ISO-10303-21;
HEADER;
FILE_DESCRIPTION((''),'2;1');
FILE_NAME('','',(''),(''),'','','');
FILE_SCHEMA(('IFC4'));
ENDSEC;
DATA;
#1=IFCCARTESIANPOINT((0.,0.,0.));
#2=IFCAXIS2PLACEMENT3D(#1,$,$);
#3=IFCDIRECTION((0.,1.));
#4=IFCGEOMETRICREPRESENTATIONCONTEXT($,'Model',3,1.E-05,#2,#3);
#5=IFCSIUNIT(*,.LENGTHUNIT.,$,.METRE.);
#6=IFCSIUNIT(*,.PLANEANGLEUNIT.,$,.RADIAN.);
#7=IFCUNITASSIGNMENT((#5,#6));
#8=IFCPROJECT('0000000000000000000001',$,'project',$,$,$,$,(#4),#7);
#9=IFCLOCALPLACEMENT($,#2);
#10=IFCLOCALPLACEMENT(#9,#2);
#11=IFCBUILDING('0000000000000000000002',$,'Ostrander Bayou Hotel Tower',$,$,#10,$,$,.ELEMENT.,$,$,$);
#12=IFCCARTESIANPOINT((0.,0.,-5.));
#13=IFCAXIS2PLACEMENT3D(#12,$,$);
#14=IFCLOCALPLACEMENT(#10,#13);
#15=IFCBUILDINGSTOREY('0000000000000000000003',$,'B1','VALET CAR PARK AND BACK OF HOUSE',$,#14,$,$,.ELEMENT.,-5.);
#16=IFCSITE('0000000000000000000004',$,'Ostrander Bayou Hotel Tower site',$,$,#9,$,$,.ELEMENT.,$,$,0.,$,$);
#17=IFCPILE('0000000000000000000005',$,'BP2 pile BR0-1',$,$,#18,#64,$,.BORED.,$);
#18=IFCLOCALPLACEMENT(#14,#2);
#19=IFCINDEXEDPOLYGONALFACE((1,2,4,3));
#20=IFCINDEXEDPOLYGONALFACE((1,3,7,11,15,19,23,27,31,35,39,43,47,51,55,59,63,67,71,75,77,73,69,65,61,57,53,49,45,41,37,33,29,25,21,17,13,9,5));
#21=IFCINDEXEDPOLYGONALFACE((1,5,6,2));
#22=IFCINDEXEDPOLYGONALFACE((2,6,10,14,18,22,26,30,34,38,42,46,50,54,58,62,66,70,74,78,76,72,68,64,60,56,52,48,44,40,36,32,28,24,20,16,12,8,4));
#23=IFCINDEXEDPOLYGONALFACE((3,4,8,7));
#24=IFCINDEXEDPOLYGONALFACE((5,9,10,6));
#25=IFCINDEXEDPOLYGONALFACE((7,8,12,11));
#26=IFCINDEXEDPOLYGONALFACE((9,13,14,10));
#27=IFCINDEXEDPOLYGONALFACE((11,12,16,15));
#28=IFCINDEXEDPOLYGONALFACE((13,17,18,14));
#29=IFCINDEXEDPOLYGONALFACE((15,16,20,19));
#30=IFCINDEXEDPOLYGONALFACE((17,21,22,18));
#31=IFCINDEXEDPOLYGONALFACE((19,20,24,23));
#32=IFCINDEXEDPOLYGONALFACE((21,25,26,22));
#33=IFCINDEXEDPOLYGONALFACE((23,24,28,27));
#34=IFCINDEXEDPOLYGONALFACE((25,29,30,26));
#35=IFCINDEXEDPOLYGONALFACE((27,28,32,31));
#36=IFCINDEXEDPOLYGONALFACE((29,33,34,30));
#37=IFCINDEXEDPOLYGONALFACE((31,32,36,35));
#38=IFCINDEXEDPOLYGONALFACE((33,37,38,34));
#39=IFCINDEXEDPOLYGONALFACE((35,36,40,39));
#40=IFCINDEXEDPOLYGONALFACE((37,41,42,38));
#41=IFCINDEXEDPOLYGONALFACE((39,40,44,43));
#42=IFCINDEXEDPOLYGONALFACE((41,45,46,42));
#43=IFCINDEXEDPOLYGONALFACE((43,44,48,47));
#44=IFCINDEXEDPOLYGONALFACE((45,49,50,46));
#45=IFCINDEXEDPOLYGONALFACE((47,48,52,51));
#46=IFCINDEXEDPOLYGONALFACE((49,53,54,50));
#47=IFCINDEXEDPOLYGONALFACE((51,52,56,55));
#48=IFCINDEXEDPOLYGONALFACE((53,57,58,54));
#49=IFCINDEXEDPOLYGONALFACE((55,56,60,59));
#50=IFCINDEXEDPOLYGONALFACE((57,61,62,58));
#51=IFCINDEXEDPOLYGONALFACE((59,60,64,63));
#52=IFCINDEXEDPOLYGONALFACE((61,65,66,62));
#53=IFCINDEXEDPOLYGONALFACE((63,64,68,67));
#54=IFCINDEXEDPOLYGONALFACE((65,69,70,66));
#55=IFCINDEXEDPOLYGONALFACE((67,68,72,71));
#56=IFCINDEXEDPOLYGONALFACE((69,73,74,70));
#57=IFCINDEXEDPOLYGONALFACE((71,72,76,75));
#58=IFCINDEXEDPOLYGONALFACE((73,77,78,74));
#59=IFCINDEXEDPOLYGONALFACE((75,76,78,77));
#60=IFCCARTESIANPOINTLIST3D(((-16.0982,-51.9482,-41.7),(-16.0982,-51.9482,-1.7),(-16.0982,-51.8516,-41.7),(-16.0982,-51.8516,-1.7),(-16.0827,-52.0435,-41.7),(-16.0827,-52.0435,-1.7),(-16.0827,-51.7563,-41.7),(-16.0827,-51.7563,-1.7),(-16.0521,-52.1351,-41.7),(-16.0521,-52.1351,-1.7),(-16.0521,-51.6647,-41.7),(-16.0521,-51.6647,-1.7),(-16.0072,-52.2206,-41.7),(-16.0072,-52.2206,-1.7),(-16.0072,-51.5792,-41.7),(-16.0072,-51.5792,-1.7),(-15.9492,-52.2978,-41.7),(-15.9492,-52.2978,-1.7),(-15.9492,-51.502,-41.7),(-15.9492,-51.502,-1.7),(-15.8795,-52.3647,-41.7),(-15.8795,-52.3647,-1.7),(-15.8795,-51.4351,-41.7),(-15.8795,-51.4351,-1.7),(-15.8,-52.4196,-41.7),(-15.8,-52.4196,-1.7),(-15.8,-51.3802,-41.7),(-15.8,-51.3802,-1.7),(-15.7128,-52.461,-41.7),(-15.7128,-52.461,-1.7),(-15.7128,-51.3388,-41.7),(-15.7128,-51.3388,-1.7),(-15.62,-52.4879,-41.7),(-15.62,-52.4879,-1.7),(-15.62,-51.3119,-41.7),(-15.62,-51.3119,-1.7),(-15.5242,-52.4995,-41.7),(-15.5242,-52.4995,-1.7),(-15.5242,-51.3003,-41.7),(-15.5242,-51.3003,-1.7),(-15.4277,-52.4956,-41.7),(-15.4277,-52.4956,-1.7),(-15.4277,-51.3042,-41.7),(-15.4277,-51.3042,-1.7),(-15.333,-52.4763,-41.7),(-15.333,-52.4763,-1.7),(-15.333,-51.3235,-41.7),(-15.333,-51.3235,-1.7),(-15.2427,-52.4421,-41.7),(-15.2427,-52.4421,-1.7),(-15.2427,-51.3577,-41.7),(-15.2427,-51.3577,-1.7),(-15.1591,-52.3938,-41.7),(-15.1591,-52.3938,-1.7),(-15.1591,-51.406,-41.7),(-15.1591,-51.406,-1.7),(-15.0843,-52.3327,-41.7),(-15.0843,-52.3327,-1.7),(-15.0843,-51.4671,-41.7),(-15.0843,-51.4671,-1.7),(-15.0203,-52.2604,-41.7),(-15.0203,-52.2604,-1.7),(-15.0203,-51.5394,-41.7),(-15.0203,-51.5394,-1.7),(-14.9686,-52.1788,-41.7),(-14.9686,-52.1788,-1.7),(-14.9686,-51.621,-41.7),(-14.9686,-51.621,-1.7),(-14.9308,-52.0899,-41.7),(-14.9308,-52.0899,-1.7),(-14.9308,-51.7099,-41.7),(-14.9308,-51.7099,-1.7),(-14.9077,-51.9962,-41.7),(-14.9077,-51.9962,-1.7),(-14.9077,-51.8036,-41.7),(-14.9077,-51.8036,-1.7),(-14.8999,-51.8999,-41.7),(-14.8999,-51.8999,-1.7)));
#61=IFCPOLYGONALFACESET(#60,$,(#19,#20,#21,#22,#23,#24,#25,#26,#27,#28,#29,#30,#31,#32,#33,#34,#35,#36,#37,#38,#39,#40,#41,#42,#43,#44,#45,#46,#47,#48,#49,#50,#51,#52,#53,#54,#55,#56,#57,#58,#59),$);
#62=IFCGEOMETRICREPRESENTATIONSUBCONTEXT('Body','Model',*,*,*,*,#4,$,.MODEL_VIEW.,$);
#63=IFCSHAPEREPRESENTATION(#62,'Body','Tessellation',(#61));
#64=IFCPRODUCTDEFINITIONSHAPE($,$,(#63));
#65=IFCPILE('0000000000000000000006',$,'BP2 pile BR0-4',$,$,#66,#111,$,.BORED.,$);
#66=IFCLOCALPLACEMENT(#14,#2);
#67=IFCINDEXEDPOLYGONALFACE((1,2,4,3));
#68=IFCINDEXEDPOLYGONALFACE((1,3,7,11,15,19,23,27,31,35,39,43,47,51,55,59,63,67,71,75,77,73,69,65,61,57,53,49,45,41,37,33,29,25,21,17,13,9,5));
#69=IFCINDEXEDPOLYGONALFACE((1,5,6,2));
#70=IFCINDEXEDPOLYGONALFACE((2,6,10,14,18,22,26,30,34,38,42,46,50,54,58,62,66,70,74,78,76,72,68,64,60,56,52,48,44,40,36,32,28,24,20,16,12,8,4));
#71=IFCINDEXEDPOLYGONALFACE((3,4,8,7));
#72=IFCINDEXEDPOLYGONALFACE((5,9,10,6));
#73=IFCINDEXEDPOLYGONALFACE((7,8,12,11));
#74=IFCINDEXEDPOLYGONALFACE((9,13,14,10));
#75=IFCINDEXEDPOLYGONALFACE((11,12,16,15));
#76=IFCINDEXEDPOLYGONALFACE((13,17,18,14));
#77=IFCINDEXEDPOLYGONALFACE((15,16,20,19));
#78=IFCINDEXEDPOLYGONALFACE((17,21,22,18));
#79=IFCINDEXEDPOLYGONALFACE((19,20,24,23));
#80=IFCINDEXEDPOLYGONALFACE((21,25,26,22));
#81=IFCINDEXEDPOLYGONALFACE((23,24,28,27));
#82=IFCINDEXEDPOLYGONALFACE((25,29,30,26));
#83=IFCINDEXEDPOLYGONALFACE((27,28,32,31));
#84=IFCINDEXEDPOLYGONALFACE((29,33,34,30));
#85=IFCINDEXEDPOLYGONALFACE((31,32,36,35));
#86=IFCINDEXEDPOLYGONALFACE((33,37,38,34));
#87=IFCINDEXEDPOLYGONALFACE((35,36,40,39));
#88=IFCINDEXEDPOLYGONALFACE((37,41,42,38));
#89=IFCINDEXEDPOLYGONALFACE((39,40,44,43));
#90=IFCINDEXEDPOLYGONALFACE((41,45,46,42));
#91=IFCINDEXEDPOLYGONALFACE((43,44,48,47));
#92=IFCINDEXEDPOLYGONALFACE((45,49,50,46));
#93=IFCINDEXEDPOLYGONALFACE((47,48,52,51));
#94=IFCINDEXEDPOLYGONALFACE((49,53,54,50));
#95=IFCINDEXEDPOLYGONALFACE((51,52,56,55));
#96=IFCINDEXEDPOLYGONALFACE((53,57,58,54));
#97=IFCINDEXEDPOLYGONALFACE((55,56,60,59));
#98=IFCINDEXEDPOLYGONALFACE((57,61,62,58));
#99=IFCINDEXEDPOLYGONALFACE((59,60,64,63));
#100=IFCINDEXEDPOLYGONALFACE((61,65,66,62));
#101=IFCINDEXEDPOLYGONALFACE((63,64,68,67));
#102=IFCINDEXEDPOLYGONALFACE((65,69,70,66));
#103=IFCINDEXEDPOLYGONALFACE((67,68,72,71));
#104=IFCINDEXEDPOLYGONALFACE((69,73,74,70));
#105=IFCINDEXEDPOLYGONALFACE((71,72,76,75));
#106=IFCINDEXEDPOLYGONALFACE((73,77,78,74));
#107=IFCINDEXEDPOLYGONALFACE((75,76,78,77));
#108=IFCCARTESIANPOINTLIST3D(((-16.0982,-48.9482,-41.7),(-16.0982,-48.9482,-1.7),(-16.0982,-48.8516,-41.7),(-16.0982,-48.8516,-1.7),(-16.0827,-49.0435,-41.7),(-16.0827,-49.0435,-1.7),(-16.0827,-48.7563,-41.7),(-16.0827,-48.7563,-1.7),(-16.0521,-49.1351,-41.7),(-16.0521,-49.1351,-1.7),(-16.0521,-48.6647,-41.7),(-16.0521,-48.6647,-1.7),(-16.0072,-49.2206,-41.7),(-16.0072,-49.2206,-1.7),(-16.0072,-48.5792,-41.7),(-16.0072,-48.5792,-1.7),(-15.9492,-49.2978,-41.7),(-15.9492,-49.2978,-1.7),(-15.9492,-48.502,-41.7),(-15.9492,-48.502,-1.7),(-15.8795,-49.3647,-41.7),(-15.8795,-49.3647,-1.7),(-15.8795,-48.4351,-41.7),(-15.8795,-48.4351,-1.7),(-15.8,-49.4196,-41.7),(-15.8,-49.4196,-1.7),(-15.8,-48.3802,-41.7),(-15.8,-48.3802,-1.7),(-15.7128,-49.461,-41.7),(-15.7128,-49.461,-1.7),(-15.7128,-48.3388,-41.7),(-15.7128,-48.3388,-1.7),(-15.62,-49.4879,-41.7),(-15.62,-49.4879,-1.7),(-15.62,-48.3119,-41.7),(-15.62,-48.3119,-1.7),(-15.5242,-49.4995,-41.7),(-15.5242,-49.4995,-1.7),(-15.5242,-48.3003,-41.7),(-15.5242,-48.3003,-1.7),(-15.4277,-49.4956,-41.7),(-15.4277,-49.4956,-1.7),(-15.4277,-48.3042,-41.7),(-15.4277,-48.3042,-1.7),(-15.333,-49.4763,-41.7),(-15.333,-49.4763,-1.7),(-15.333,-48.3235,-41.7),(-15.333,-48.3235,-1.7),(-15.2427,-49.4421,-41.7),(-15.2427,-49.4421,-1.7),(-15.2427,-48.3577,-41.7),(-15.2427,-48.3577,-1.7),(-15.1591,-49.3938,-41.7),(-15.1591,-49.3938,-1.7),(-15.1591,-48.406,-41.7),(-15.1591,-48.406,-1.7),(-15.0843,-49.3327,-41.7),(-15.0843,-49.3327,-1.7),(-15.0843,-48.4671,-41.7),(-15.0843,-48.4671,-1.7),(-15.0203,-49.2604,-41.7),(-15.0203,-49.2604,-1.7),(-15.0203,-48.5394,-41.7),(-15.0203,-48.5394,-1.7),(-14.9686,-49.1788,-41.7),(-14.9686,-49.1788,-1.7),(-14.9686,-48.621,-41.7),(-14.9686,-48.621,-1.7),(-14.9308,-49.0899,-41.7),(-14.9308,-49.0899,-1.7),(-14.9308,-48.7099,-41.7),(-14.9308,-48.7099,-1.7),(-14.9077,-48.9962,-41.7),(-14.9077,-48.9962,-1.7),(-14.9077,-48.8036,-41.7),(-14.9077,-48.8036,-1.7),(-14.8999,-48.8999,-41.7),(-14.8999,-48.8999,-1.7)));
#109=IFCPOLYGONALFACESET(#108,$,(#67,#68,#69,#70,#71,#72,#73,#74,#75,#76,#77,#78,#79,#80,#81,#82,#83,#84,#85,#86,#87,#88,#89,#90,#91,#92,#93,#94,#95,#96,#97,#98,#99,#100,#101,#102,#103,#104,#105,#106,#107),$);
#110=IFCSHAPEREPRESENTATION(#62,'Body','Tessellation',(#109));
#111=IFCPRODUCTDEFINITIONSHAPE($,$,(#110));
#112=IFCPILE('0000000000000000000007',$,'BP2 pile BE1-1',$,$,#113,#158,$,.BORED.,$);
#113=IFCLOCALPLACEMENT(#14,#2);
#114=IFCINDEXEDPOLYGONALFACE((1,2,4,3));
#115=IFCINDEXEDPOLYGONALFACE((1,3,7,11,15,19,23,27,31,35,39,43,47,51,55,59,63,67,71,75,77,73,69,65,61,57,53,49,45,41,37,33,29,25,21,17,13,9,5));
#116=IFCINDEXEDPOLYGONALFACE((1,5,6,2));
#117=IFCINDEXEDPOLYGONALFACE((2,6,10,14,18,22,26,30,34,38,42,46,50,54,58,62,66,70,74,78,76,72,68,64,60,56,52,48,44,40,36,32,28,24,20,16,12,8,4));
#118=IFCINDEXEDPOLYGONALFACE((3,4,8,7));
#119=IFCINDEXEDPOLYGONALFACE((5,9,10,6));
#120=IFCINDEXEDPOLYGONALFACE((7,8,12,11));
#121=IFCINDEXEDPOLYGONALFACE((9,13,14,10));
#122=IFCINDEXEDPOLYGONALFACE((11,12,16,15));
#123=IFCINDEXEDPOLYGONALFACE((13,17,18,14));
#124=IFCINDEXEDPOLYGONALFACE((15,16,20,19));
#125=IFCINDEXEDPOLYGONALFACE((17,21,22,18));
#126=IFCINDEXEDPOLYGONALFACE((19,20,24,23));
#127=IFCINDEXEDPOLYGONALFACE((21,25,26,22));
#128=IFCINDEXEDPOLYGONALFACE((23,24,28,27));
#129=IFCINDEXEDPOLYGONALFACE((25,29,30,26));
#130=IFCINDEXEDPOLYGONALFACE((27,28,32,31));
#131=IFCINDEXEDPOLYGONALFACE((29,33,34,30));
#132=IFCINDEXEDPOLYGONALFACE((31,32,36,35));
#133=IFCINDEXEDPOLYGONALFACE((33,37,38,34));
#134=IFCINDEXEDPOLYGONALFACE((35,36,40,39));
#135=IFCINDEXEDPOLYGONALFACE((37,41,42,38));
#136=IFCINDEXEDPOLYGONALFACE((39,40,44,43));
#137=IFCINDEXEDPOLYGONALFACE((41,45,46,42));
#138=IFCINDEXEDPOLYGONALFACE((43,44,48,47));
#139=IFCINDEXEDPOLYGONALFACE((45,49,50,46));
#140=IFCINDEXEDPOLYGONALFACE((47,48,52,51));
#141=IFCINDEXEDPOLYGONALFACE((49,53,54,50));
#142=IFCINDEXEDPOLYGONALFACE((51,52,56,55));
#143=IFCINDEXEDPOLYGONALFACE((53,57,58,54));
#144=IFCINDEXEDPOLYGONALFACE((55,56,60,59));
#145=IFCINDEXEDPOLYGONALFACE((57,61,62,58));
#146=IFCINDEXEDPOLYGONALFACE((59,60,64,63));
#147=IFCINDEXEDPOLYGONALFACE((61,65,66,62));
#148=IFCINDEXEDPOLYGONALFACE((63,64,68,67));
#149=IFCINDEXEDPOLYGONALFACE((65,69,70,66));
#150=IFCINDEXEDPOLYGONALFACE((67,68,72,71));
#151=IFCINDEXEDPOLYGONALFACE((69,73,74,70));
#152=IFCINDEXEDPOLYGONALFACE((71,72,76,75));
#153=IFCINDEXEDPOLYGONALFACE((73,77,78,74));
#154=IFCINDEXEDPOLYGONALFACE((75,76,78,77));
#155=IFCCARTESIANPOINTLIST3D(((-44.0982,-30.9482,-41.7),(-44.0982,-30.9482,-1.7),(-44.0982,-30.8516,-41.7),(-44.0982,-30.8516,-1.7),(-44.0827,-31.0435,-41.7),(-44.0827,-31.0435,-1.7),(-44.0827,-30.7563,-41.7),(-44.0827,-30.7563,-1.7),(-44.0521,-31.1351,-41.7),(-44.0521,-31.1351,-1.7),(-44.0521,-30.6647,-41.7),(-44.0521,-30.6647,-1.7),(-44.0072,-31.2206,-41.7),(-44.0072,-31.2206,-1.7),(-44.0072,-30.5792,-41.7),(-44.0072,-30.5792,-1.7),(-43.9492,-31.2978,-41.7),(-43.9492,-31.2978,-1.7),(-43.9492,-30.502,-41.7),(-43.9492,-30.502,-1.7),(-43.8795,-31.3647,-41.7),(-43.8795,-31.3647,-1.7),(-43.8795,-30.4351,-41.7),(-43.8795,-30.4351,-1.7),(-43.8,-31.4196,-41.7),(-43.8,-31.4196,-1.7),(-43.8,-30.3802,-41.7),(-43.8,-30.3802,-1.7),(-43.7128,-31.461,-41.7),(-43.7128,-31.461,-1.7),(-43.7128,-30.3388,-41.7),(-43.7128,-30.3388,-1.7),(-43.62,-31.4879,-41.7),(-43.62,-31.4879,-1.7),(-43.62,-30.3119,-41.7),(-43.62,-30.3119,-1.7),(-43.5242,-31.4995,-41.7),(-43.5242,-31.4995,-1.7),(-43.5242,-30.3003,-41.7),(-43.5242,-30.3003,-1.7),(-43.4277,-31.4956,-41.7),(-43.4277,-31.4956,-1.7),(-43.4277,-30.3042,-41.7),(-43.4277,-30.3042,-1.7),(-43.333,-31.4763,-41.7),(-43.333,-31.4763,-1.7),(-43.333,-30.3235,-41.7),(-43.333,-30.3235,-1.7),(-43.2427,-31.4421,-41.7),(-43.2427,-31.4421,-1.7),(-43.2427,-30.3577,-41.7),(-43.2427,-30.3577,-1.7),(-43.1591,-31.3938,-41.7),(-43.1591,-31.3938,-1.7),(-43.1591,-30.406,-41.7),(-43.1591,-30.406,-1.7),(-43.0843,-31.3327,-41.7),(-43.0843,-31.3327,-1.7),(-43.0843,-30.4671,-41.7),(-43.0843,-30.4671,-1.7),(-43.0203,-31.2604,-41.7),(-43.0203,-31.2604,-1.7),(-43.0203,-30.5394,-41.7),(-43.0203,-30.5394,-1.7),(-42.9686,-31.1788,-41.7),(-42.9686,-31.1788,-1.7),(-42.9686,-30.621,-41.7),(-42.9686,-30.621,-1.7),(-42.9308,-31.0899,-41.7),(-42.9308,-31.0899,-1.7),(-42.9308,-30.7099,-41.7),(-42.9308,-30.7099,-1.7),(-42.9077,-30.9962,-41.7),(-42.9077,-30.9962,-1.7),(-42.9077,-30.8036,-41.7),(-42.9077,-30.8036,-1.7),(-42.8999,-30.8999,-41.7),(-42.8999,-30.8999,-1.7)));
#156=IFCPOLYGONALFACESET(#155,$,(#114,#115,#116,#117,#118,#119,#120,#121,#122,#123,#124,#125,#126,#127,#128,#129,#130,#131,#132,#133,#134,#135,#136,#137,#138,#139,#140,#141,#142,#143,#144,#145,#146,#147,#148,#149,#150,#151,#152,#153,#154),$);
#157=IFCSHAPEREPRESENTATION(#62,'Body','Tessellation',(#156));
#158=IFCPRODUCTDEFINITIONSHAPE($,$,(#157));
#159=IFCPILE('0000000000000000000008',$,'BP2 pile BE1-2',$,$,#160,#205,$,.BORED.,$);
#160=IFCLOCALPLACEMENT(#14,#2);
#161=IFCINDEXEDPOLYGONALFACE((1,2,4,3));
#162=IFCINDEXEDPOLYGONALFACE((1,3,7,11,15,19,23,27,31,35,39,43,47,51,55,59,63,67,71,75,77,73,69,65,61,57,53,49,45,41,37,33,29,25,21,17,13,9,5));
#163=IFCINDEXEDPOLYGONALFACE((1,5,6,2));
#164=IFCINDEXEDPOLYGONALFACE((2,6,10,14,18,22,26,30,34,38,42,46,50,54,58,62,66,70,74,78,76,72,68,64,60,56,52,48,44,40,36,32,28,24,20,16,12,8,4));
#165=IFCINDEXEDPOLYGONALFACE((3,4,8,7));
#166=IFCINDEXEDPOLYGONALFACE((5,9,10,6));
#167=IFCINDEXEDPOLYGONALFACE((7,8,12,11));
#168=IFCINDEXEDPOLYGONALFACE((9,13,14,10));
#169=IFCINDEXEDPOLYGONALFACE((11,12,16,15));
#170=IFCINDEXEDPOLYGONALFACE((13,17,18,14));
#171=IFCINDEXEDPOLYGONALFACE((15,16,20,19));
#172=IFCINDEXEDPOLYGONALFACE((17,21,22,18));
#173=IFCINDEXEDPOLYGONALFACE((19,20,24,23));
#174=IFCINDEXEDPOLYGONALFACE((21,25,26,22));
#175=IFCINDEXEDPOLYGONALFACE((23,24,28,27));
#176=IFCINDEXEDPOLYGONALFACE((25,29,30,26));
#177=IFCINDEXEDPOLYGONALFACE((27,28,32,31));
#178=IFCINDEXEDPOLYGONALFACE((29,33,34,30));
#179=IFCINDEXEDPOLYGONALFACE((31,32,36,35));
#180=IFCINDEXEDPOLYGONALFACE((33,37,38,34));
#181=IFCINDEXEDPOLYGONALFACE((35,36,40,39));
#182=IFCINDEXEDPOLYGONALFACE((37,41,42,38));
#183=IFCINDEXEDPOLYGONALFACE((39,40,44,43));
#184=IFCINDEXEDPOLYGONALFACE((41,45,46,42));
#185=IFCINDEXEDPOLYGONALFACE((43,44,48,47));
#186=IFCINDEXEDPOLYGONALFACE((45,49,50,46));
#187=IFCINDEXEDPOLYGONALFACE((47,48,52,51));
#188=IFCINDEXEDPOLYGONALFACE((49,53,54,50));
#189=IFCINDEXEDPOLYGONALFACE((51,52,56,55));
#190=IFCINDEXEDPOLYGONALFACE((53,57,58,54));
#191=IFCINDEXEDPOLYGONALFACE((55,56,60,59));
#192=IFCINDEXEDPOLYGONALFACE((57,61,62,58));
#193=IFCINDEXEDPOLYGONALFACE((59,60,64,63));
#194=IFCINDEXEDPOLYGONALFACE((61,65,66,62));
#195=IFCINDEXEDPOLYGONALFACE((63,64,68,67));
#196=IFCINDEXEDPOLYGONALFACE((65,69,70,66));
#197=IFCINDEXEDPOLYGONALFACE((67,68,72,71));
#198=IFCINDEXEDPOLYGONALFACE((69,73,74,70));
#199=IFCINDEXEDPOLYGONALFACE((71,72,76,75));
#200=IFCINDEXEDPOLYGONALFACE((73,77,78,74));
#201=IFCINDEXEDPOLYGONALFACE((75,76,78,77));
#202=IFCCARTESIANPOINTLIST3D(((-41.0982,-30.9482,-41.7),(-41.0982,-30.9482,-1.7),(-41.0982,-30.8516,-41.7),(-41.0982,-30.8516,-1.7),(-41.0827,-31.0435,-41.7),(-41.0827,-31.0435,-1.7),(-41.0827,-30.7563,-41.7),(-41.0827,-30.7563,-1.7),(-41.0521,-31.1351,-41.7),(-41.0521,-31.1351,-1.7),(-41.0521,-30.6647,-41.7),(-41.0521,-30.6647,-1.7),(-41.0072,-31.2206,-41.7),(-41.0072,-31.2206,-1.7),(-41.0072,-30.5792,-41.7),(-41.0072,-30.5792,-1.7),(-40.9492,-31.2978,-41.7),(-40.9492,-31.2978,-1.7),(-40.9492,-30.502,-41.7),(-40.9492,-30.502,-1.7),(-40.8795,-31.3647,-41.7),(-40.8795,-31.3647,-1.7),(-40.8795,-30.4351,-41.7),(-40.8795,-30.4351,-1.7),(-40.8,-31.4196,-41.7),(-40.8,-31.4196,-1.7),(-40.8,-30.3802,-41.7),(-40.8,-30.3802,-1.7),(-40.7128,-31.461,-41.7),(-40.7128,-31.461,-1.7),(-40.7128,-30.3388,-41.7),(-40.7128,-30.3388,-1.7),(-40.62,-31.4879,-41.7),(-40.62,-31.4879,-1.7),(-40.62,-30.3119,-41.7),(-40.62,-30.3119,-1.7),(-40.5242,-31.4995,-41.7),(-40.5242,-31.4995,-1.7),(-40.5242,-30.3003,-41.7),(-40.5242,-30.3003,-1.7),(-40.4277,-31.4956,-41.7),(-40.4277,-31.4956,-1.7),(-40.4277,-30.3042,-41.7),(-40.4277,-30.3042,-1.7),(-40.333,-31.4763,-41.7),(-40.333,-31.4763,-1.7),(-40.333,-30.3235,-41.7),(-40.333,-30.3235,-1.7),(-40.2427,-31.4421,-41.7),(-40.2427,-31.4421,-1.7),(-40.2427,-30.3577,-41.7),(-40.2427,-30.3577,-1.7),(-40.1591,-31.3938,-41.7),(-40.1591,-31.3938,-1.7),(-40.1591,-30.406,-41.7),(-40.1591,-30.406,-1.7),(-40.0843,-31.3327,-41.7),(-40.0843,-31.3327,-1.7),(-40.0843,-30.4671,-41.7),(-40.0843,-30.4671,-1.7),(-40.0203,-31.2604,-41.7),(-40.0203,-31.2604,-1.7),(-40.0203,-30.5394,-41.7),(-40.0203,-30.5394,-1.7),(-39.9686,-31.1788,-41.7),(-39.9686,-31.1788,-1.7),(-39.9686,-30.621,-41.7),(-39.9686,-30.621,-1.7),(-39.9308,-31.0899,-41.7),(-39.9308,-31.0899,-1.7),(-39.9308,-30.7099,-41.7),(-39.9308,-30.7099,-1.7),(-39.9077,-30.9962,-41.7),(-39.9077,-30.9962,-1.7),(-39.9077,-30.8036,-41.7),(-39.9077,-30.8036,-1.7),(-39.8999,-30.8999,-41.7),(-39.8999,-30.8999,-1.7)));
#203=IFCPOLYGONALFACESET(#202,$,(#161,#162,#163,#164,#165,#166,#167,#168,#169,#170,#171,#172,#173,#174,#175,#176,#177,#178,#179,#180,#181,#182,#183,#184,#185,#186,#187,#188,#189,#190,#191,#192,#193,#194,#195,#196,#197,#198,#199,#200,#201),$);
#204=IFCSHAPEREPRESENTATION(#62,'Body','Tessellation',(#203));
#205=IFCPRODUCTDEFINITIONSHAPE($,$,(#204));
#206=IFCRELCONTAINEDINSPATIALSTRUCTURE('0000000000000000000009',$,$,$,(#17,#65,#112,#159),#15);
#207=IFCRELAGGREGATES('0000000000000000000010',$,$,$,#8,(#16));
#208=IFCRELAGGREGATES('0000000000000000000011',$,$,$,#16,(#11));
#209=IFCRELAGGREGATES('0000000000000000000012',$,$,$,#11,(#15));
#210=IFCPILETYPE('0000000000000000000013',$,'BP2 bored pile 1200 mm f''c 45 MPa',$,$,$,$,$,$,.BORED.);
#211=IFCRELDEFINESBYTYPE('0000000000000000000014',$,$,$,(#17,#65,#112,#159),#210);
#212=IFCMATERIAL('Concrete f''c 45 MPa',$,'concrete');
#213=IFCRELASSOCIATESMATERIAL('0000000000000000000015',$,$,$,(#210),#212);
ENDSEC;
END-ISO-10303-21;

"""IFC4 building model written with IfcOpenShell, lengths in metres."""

from ifc_helpers import new_model, si_unit, direction, frame, origin, origin_2d, place, context, subcontext, project, spatial, circle, extrude, material, material_profile, profile_set, type_object, element, save


model = new_model("IFC4")

# Units and contexts
model_context = context("Model", 3, precision=1e-05, world=origin(), true_north=direction((0.0, 1.0)))
body_context = subcontext(model_context, "Body", "Model", "MODEL_VIEW")
ifc_project = project(units=[si_unit("LENGTHUNIT", "METRE"), si_unit("PLANEANGLEUNIT", "RADIAN")], contexts=[model_context])

# Site, building, storey
site_placement = place(None, origin())
site = spatial("IfcSite", under=ifc_project, at=site_placement, Name="Ostrander Bayou Hotel Tower site", CompositionType="ELEMENT", RefElevation=0.0)
building_placement = place(site_placement, origin())
building = spatial("IfcBuilding", under=site, at=building_placement, Name="Ostrander Bayou Hotel Tower", CompositionType="ELEMENT")
storey_placement = place(building_placement, frame((0.0, 0.0, -5.0)))
storey = spatial("IfcBuildingStorey", under=building, at=storey_placement, Name="B1", Description="VALET CAR PARK AND BACK OF HOUSE", CompositionType="ELEMENT", Elevation=-5.0)

# Piles
ifc_material_1 = material(Name="Concrete f'c 45 MPa", Category="concrete")
ifc_material_profile_1 = material_profile(ifc_material_1, circle(Radius=0.6001, at=origin_2d()))
ifc_profile_set_1 = profile_set([ifc_material_profile_1], Name="Concrete f'c 45 MPa")
pile_type = type_object("IfcPileType", Name="BP2 bored pile 1200 mm f'c 45 MPa", PredefinedType="BORED", material=ifc_profile_set_1)
for number, where, z_axis, x_axis, name in (
    (1, (-15.5, -51.8999, -1.7), (0.0, 0.0, -1.0), (1.0, 0.0, 0.0), "BP2 pile BR0-1"),
    (2, (-15.5, -48.8999, -1.7), (0.0, 0.0, -1.0), (1.0, 0.0, 0.0), "BP2 pile BR0-4"),
    (3, (-43.5, -30.8999, -1.7), (0.0, 0.0, -1.0), (1.0, 0.0, 0.0), "BP2 pile BE1-1"),
    (4, (-40.5, -30.8999, -1.7), (0.0, 0.0, -1.0), (1.0, 0.0, 0.0), "BP2 pile BE1-2"),
):
    element("IfcPile", number, at=place(storey_placement, frame(where, z_axis=z_axis, x_axis=x_axis)), inside=storey, type_object=pile_type, Name=name, PredefinedType="BORED", context=body_context, shape_type="SweptSolid", body=[
        extrude(circle(Radius=0.6001, at=origin_2d()), origin(), (0.0, 0.0, 1.0), 40.0),
    ])

save(model, "model.ifc")
